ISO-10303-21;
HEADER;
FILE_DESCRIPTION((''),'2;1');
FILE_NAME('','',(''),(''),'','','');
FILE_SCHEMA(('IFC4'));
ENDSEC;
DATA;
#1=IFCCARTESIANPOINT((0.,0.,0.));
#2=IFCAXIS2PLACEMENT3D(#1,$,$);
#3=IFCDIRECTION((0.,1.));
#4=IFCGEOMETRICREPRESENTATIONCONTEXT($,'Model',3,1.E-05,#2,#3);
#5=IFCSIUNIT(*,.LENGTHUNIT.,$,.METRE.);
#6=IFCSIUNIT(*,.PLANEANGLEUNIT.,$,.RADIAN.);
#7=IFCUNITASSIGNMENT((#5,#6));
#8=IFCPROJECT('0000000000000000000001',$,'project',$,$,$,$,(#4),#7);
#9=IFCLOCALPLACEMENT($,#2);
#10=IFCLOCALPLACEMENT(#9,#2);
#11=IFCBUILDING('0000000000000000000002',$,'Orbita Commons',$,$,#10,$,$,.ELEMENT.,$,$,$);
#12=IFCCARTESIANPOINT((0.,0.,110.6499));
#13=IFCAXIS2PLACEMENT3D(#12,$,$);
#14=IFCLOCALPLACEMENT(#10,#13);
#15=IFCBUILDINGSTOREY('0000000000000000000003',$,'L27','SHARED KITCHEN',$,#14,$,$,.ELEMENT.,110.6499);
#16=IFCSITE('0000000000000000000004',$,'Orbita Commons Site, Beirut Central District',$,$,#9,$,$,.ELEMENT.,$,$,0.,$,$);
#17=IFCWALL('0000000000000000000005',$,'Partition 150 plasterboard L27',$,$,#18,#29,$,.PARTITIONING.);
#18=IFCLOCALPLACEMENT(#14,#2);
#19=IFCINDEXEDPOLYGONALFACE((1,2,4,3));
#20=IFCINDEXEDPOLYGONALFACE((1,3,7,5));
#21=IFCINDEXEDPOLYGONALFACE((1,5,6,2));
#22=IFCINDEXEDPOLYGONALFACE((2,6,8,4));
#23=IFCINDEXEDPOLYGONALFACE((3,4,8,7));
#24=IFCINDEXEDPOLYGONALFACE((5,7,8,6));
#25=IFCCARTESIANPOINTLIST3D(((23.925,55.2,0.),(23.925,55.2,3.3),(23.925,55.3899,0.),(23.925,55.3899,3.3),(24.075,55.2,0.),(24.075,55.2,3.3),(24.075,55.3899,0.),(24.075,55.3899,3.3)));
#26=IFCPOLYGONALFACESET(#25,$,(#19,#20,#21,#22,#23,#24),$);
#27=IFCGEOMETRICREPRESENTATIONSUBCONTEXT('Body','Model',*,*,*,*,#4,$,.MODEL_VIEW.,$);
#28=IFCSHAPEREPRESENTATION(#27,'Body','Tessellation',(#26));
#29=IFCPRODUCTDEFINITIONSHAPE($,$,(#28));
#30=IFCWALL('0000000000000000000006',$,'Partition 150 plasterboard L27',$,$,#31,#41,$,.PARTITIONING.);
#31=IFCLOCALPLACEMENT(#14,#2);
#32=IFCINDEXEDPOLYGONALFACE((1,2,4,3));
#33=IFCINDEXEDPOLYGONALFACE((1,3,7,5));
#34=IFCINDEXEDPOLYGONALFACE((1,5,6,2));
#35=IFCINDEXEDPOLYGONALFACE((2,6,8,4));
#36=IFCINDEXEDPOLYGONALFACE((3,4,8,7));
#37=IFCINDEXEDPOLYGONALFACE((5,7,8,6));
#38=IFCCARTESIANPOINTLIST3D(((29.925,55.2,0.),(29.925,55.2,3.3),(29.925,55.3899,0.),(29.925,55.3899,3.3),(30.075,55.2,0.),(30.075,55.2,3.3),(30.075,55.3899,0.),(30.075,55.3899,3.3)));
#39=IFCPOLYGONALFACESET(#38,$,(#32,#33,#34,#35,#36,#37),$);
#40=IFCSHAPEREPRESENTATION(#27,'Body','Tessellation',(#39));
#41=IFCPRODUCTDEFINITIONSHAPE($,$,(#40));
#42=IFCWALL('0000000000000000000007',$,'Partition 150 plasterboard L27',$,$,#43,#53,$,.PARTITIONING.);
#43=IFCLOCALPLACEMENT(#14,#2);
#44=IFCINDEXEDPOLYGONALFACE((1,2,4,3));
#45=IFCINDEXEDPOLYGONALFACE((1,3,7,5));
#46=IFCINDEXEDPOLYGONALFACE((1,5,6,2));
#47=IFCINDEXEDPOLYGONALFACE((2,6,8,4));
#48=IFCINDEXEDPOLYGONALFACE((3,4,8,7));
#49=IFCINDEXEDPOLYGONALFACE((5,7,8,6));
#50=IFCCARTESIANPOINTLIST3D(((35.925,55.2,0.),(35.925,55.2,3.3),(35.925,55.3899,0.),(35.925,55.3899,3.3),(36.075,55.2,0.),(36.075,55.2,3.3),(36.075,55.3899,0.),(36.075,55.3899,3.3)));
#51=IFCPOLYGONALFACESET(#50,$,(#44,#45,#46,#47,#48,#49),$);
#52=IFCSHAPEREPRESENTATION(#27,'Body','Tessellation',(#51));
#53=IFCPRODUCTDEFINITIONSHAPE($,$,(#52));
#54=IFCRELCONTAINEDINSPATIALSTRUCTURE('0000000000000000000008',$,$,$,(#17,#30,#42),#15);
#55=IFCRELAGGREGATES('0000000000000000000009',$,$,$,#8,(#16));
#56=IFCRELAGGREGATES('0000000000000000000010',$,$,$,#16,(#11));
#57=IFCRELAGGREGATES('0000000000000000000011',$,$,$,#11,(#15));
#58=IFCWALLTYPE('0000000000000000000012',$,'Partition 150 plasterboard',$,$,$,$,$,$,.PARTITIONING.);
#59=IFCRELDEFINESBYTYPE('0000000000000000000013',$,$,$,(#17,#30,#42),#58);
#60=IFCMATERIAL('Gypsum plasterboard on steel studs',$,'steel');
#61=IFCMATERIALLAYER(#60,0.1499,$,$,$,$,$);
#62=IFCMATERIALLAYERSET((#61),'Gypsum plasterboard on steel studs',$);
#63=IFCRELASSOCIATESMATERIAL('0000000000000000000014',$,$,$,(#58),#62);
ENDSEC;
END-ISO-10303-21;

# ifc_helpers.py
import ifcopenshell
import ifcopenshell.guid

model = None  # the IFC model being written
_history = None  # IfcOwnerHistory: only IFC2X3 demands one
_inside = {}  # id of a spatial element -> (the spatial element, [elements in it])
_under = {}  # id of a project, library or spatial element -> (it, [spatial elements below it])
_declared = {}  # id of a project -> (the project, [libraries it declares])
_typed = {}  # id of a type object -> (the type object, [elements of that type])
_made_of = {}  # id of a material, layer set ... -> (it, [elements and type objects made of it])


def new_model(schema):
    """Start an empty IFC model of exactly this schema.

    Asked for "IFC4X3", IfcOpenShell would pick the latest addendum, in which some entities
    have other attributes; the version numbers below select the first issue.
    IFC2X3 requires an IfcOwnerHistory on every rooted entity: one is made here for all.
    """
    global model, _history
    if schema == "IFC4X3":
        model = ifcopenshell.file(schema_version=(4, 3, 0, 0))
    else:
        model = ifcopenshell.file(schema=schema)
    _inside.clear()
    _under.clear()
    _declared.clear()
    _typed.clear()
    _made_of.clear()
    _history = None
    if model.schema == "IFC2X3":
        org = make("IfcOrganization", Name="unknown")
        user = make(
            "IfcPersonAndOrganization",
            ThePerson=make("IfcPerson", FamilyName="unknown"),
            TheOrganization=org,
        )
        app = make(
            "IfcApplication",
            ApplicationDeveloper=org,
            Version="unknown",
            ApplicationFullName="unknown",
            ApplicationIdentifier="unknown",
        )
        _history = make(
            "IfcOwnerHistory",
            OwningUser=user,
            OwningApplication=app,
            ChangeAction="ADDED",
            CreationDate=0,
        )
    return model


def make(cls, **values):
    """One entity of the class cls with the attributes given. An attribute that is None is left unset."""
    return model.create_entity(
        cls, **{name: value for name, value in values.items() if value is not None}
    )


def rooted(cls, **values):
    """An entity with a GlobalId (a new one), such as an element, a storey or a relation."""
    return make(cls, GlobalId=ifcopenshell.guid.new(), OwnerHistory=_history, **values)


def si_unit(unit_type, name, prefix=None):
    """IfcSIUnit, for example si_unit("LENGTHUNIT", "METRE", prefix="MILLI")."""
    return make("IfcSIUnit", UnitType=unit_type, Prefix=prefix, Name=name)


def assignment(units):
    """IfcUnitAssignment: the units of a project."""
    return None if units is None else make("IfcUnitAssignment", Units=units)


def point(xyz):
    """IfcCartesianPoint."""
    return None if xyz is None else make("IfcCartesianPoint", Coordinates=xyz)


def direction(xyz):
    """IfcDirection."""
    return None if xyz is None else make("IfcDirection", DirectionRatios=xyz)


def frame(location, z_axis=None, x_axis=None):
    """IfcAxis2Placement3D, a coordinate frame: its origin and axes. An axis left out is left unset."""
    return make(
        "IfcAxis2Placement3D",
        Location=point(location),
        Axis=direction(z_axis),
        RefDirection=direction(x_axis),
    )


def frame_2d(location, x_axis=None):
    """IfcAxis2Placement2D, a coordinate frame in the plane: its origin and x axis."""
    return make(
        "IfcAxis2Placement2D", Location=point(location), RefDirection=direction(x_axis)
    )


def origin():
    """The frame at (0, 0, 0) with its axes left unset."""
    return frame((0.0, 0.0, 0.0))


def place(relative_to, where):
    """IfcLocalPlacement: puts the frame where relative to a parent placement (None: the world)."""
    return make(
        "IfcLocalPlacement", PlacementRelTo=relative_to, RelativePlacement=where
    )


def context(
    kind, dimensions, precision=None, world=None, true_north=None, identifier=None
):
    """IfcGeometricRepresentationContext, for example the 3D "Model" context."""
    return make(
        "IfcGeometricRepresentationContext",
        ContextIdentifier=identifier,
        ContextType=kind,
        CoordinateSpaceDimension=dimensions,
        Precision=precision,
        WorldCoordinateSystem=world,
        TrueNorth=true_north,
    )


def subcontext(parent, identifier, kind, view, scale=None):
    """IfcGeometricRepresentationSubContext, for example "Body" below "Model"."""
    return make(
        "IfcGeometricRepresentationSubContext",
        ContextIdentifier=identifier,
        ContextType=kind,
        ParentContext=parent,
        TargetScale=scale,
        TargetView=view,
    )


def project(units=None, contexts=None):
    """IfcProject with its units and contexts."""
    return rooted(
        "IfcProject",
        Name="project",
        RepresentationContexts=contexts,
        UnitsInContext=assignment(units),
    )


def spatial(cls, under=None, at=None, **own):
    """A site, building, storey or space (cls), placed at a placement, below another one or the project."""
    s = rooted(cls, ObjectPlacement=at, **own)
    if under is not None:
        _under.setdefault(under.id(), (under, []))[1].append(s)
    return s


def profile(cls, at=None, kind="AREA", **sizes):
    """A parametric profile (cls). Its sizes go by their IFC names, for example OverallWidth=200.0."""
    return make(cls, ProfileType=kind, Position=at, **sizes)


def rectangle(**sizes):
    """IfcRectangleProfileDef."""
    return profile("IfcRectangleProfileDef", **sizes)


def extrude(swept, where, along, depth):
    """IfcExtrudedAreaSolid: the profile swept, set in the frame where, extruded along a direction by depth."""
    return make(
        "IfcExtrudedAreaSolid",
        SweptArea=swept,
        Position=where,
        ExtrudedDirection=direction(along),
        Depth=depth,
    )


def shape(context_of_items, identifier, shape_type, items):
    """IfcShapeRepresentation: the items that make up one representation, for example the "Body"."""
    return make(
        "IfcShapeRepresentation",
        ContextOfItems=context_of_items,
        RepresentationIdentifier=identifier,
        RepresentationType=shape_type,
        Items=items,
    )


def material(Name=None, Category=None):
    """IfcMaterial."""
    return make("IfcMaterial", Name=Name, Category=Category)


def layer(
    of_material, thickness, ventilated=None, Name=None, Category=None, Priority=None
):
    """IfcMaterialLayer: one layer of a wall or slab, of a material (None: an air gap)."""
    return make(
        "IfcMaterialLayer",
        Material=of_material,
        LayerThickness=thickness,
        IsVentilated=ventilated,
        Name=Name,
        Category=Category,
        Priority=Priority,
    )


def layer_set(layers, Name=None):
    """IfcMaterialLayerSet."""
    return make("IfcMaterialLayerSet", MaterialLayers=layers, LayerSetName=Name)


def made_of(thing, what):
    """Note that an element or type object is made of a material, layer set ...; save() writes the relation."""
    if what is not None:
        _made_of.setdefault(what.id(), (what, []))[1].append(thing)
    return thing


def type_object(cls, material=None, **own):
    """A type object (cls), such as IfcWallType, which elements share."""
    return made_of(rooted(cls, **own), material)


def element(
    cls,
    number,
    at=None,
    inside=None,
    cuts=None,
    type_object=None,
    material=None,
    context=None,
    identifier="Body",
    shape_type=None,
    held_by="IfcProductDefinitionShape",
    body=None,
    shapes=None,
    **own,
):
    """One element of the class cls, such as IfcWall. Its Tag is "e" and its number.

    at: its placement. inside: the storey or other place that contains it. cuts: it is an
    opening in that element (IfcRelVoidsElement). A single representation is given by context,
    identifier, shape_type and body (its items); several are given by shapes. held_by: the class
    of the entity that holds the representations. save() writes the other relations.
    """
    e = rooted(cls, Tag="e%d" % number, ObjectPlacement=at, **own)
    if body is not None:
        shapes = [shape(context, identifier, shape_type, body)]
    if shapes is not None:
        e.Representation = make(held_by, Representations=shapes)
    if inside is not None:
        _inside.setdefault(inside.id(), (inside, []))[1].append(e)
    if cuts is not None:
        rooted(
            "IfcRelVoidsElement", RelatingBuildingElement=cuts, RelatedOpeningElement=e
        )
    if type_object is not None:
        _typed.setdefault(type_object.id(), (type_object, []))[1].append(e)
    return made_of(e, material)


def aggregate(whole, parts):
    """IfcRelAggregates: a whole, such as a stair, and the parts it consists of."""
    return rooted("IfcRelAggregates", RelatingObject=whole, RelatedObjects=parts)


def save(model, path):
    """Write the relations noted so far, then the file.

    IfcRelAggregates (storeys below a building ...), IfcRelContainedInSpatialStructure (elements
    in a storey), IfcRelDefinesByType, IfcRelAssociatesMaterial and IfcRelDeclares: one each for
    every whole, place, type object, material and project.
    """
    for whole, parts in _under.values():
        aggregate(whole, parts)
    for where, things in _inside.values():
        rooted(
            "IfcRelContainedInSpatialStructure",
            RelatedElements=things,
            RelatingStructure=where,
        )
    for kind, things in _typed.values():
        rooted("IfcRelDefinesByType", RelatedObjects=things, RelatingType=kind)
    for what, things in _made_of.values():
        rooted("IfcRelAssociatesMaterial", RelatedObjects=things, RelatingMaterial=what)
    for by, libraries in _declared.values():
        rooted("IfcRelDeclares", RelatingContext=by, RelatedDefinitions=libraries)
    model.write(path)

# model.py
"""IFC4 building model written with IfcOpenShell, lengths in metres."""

from ifc_helpers import new_model, si_unit, direction, frame, frame_2d, origin, place, context, subcontext, project, spatial, rectangle, extrude, material, layer, layer_set, type_object, element, save


model = new_model("IFC4")

# Units and contexts
model_context = context("Model", 3, precision=1e-05, world=origin(), true_north=direction((0.0, 1.0)))
body_context = subcontext(model_context, "Body", "Model", "MODEL_VIEW")
ifc_project = project(units=[si_unit("LENGTHUNIT", "METRE"), si_unit("PLANEANGLEUNIT", "RADIAN")], contexts=[model_context])

# Site, building, storey
site_placement = place(None, origin())
site = spatial("IfcSite", under=ifc_project, at=site_placement, Name="Orbita Commons Site, Beirut Central District", CompositionType="ELEMENT", RefElevation=0.0)
building_placement = place(site_placement, origin())
building = spatial("IfcBuilding", under=site, at=building_placement, Name="Orbita Commons", CompositionType="ELEMENT")
storey_placement = place(building_placement, frame((0.0, 0.0, 110.6499)))
storey = spatial("IfcBuildingStorey", under=building, at=storey_placement, Name="L27", Description="SHARED KITCHEN", CompositionType="ELEMENT", Elevation=110.6499)

# Walls
ifc_material_1 = material(Name="Gypsum plasterboard on steel studs", Category="steel")
ifc_layer_1 = layer(ifc_material_1, 0.1499)
ifc_layer_set_1 = layer_set([ifc_layer_1], Name="Gypsum plasterboard on steel studs")
wall_type = type_object("IfcWallType", Name="Partition 150 plasterboard", PredefinedType="PARTITIONING", material=ifc_layer_set_1)
for number, where, z_axis, x_axis, name in (
    (1, (24.0, 55.2, 0.0), (0.0, 0.0, 1.0), (0.0, 1.0, 0.0), "Partition 150 plasterboard L27"),
    (2, (30.0, 55.2, 0.0), (0.0, 0.0, 1.0), (0.0, 1.0, 0.0), "Partition 150 plasterboard L27"),
    (3, (36.0, 55.2, 0.0), (0.0, 0.0, 1.0), (0.0, 1.0, 0.0), "Partition 150 plasterboard L27"),
):
    element("IfcWall", number, at=place(storey_placement, frame(where, z_axis=z_axis, x_axis=x_axis)), inside=storey, type_object=wall_type, Name=name, PredefinedType="PARTITIONING", context=body_context, shape_type="SweptSolid", body=[
        extrude(rectangle(XDim=0.1899, YDim=0.1499, at=frame_2d((0.095, 0.0))), origin(), (0.0, 0.0, 1.0), 3.3),
    ])

save(model, "model.ifc")
